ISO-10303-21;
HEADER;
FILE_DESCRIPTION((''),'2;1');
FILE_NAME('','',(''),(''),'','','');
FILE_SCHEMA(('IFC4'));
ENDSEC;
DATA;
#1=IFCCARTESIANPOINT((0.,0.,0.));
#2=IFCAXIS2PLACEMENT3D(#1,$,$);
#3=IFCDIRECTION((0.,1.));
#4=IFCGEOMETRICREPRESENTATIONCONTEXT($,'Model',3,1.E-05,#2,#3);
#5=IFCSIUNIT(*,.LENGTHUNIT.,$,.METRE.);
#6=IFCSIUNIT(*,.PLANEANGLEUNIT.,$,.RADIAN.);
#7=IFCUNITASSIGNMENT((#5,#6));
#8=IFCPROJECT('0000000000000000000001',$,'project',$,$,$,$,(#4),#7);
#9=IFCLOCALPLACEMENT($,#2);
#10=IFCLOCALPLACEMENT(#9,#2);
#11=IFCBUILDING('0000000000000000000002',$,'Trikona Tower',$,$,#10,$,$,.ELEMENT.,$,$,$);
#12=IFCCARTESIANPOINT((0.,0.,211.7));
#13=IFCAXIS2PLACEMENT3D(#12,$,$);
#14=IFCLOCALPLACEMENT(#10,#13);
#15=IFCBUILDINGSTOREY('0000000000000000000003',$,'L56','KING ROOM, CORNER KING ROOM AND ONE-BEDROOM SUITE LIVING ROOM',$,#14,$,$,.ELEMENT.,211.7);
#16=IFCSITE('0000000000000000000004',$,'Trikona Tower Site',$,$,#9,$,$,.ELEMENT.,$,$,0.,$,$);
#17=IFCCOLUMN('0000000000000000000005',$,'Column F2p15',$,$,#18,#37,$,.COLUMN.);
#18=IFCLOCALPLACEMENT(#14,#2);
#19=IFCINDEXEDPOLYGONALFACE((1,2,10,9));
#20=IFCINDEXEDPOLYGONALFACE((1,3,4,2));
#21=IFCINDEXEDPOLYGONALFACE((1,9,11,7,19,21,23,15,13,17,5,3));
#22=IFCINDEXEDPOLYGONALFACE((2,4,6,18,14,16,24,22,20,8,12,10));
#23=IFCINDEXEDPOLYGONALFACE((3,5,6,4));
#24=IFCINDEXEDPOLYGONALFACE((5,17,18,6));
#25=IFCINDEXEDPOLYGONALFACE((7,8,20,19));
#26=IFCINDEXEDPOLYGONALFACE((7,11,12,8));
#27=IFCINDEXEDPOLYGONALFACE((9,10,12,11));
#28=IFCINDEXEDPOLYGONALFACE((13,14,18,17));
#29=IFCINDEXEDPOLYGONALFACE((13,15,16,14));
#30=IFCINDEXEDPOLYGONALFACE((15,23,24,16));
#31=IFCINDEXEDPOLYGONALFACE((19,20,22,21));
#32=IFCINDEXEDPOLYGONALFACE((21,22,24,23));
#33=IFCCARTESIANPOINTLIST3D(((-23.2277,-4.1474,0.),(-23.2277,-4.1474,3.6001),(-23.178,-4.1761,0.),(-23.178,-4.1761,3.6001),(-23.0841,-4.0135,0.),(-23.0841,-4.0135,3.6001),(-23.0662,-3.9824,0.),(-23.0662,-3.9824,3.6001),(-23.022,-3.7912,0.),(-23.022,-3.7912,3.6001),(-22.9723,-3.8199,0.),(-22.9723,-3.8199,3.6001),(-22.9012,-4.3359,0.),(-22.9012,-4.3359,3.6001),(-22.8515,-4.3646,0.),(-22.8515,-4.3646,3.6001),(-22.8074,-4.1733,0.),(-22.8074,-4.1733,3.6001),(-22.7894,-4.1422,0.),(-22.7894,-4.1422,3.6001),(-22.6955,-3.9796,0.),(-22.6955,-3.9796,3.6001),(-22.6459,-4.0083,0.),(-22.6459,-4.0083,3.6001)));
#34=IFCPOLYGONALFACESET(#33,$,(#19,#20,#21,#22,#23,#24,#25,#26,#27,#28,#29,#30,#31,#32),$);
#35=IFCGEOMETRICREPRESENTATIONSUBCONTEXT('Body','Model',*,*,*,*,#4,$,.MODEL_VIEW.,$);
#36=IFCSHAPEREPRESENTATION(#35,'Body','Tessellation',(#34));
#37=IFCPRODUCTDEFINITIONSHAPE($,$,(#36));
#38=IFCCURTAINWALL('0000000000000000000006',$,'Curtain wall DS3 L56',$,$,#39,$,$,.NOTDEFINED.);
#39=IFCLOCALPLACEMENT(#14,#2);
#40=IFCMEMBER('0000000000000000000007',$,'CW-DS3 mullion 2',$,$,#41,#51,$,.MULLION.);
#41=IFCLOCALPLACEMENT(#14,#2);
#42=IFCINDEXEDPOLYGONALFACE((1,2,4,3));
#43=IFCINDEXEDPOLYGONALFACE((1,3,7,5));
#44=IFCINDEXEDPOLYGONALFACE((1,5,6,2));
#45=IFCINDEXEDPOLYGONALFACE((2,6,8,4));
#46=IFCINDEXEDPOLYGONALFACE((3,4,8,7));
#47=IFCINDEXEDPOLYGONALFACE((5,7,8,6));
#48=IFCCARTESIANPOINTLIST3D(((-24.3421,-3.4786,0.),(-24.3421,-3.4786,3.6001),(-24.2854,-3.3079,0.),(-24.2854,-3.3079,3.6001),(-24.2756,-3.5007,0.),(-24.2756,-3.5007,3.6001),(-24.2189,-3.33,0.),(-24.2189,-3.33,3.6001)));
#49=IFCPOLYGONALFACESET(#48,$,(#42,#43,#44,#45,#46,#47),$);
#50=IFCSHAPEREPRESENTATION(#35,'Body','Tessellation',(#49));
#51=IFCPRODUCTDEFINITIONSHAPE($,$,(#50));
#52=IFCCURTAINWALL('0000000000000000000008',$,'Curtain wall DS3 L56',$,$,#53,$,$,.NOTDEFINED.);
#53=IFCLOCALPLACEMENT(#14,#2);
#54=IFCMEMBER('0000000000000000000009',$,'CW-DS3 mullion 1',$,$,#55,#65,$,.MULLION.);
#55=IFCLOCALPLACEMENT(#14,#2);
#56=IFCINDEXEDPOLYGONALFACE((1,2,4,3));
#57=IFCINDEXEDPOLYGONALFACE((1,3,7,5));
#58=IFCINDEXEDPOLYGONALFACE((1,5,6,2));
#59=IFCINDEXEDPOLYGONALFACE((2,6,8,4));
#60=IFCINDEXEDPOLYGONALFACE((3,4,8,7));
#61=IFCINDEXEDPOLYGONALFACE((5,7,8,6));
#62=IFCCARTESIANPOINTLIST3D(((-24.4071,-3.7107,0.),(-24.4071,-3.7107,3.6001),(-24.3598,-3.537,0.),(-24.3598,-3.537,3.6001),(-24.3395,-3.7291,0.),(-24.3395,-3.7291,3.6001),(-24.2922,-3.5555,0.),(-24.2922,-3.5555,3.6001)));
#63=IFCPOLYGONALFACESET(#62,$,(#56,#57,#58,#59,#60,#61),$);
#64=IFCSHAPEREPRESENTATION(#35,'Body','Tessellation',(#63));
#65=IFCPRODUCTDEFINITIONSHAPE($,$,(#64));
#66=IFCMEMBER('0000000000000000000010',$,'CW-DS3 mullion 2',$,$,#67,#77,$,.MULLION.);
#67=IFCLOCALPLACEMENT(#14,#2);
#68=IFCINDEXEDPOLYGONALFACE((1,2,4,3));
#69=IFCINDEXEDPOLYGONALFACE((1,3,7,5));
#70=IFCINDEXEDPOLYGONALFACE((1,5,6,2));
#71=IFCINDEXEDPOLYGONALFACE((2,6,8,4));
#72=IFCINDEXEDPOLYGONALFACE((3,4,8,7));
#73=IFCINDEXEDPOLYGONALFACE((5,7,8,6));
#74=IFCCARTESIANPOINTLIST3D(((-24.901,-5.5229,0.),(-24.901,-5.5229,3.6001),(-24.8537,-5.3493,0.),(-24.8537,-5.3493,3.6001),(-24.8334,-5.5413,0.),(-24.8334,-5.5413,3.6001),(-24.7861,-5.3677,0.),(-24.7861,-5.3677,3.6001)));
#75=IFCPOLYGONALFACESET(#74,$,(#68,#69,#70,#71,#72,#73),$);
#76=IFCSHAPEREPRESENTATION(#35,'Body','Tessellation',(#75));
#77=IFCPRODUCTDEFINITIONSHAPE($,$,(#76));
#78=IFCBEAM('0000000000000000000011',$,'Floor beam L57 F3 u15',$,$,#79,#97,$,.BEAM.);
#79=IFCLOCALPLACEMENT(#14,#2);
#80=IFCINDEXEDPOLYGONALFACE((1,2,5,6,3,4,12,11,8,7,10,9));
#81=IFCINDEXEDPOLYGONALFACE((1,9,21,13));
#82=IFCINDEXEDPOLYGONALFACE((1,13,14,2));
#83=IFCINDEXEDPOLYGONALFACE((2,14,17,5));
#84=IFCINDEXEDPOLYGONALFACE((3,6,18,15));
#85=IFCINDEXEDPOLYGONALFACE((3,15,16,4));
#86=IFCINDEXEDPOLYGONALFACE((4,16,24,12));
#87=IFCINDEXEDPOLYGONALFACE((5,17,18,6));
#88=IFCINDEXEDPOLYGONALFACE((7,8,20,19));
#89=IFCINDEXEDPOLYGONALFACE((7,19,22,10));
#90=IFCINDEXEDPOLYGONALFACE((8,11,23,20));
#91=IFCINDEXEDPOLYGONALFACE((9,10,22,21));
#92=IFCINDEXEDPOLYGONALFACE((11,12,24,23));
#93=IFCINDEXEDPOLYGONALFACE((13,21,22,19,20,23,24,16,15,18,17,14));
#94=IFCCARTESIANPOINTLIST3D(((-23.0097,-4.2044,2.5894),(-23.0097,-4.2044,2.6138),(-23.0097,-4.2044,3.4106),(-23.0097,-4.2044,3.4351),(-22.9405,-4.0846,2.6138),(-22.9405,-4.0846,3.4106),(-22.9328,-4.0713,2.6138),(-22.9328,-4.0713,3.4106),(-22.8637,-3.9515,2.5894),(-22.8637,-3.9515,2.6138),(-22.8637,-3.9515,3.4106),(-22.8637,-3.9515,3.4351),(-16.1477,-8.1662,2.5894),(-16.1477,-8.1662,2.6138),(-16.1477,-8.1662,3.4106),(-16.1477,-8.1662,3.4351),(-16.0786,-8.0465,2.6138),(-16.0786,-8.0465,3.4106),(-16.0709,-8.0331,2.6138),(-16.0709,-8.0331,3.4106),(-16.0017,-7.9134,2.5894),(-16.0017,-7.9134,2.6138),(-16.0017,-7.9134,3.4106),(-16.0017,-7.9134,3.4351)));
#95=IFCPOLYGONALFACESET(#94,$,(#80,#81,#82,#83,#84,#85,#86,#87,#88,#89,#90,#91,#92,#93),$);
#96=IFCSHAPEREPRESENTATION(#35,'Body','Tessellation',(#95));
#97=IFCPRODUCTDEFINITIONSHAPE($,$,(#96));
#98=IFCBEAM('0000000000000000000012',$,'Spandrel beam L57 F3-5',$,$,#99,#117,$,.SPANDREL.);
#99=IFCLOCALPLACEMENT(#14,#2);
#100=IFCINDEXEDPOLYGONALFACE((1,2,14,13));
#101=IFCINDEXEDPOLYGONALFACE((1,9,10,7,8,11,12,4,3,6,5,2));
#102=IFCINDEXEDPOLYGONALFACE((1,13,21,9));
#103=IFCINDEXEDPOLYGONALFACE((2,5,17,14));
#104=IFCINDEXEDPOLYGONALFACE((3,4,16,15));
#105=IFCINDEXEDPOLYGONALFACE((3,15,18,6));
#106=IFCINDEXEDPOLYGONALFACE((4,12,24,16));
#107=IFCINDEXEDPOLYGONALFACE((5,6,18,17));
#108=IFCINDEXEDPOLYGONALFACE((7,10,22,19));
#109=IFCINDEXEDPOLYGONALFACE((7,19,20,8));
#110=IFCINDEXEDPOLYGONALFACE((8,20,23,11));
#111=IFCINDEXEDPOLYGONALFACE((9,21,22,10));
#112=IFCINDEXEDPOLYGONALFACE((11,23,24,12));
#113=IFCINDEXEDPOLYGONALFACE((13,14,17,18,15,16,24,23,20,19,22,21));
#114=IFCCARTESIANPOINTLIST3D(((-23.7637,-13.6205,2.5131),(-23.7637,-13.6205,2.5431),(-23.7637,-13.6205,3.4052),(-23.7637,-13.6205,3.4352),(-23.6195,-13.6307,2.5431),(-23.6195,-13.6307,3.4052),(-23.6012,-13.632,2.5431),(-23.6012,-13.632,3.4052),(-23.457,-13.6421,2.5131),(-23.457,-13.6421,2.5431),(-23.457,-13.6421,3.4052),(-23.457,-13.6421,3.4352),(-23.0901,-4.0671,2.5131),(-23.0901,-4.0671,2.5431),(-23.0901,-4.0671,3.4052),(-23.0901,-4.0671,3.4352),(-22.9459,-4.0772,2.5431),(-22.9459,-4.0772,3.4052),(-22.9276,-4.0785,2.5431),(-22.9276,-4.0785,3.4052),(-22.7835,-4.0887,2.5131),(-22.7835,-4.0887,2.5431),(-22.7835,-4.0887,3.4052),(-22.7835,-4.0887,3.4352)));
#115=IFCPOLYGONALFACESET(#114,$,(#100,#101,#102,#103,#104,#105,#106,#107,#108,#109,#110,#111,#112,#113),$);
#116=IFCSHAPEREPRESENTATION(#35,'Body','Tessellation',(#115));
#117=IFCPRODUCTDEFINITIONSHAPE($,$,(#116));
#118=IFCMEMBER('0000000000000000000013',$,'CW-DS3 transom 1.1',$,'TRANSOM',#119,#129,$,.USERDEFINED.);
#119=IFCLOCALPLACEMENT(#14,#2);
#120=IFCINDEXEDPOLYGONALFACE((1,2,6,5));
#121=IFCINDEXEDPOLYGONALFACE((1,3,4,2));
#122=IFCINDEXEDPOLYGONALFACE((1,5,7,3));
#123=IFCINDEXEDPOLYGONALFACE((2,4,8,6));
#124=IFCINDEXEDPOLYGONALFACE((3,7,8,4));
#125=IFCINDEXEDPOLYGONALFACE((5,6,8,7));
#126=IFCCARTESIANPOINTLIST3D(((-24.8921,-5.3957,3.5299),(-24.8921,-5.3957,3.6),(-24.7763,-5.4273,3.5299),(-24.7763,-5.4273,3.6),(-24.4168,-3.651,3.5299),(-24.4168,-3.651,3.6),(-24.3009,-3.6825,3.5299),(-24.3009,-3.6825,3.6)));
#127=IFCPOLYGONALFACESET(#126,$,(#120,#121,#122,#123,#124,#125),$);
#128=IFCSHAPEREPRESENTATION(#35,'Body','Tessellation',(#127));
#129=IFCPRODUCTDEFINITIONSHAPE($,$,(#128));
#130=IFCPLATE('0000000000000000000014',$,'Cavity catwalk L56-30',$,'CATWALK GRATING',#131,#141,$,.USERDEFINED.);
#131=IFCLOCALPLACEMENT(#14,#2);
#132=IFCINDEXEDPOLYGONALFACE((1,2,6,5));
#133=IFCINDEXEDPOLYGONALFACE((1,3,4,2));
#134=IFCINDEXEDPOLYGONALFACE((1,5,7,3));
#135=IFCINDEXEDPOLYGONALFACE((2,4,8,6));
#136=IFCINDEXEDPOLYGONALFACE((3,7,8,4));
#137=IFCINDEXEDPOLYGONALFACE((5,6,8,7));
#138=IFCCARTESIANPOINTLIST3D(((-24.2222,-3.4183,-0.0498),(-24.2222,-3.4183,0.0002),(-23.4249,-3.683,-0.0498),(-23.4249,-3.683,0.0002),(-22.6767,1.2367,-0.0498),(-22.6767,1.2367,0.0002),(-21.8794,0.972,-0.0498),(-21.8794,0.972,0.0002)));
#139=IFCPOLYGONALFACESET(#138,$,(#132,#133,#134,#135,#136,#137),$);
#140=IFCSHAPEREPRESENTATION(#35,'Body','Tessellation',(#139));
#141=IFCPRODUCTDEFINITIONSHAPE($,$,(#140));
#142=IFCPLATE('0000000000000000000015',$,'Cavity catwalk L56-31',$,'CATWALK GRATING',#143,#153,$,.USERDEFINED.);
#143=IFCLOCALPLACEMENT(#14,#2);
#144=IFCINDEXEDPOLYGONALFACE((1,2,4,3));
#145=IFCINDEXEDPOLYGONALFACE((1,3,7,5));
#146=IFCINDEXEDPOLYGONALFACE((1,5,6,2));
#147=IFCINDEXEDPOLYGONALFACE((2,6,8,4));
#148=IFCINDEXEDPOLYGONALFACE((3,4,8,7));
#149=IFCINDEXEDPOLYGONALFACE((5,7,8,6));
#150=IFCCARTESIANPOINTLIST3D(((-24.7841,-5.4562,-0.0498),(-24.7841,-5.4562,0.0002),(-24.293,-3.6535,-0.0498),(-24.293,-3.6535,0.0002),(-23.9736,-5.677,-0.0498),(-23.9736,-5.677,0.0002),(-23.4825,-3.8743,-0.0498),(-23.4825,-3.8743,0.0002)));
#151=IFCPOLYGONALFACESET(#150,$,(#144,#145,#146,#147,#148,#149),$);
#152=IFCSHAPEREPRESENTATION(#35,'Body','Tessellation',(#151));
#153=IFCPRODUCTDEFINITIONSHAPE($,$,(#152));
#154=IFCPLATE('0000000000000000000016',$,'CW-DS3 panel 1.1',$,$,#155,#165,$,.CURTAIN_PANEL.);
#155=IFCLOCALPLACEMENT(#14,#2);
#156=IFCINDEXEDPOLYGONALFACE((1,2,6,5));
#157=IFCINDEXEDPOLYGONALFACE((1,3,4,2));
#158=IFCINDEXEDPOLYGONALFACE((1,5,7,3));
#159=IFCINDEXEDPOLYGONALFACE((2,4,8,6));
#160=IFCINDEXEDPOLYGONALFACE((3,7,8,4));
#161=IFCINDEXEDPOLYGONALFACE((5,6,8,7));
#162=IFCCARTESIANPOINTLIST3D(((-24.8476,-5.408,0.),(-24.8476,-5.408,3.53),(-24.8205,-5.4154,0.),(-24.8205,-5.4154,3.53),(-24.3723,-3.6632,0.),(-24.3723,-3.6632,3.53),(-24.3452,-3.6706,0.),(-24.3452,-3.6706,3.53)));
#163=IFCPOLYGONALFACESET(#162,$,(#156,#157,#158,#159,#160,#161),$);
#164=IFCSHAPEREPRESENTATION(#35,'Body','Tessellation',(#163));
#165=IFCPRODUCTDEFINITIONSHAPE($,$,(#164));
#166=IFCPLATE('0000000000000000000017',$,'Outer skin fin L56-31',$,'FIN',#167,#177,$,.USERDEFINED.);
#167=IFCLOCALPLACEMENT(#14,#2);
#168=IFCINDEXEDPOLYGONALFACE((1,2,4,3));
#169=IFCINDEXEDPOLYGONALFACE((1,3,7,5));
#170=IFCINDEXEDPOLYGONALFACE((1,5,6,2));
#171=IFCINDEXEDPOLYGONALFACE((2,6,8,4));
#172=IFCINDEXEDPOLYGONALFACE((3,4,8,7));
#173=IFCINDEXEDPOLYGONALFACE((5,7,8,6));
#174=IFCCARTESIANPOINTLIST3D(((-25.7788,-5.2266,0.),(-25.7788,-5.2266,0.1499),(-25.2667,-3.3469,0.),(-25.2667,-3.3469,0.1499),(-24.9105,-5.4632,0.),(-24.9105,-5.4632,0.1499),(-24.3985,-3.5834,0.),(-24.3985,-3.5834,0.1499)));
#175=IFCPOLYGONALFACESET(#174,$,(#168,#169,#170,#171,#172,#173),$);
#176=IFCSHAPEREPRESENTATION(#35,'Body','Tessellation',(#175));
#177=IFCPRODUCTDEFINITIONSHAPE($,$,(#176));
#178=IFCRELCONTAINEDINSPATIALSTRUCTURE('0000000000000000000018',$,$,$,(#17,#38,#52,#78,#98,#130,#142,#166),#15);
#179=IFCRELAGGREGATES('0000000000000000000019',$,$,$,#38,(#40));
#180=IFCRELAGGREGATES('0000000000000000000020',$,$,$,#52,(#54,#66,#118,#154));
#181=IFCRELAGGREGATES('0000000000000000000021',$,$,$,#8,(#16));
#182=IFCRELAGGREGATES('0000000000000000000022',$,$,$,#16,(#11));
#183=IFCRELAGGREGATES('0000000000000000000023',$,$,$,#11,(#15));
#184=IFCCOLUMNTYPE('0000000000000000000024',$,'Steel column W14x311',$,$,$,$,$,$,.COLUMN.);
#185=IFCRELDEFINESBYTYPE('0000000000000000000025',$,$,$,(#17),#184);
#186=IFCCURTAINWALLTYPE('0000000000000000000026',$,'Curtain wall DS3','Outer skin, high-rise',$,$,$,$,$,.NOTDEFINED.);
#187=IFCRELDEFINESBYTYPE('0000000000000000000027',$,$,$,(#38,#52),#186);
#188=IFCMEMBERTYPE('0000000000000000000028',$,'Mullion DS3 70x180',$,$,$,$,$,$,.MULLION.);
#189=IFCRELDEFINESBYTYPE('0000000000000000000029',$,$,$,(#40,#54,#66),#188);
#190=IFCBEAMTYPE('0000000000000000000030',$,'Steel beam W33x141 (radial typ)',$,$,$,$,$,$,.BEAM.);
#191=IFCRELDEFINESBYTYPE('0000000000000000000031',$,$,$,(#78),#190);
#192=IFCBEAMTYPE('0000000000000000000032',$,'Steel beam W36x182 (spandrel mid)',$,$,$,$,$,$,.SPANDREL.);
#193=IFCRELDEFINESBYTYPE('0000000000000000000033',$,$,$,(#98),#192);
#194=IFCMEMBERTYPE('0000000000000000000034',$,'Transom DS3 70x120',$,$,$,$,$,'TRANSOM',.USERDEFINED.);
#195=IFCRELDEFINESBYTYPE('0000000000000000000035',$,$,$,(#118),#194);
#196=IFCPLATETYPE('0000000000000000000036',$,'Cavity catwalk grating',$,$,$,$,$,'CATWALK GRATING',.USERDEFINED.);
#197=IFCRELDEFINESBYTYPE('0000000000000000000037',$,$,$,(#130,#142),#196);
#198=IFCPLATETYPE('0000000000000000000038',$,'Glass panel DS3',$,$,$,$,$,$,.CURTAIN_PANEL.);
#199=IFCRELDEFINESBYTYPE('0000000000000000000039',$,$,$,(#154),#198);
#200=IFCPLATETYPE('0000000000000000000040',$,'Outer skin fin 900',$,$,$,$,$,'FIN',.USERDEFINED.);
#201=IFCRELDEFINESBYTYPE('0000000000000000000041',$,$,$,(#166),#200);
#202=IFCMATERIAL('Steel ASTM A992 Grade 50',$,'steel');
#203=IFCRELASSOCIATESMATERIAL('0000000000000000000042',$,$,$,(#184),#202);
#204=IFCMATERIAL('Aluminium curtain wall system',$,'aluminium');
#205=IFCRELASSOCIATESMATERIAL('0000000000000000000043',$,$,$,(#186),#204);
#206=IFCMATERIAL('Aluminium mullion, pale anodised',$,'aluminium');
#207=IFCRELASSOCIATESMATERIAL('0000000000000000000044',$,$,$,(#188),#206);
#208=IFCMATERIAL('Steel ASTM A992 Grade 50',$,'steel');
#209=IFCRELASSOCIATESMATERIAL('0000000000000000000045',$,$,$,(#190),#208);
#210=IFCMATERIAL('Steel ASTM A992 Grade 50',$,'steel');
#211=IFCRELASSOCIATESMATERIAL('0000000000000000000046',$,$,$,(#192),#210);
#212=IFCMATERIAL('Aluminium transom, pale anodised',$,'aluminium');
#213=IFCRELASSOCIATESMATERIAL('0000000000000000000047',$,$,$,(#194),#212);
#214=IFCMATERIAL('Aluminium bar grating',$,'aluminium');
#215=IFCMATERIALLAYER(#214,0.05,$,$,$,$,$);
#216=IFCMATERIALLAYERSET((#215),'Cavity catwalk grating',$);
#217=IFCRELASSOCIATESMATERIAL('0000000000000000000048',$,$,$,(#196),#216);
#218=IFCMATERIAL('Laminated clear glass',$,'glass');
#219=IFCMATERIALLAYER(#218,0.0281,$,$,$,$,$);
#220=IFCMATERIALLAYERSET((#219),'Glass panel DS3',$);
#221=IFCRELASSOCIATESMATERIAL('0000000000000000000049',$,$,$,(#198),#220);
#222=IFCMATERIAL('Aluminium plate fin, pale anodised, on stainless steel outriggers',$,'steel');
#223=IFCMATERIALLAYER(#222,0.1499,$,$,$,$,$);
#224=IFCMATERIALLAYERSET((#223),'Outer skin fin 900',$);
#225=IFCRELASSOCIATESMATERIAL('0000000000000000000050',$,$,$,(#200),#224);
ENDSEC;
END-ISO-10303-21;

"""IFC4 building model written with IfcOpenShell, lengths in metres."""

from ifc_helpers import new_model, si_unit, direction, frame, origin, origin_2d, place, context, subcontext, project, spatial, rectangle, i_section, extrude, material, layer, layer_set, material_profile, profile_set, type_object, element, aggregate, save


model = new_model("IFC4")

# Units and contexts
model_context = context("Model", 3, precision=1e-05, world=origin(), true_north=direction((0.0, 1.0)))
body_context = subcontext(model_context, "Body", "Model", "MODEL_VIEW")
ifc_project = project(units=[si_unit("LENGTHUNIT", "METRE"), si_unit("PLANEANGLEUNIT", "RADIAN")], contexts=[model_context])

# Site, building, storey
site_placement = place(None, origin())
site = spatial("IfcSite", under=ifc_project, at=site_placement, Name="Trikona Tower Site", CompositionType="ELEMENT", RefElevation=0.0)
building_placement = place(site_placement, origin())
building = spatial("IfcBuilding", under=site, at=building_placement, Name="Trikona Tower", CompositionType="ELEMENT")
storey_placement = place(building_placement, frame((0.0, 0.0, 211.7)))
storey = spatial("IfcBuildingStorey", under=building, at=storey_placement, Name="L56", Description="KING ROOM, CORNER KING ROOM AND ONE-BEDROOM SUITE LIVING ROOM", CompositionType="ELEMENT", Elevation=211.7)

# Column
ifc_material_1 = material(Name="Steel ASTM A992 Grade 50", Category="steel")
ifc_material_profile_1 = material_profile(ifc_material_1, i_section(OverallWidth=0.4114, OverallDepth=0.4343, WebThickness=0.0359, FlangeThickness=0.0574, at=origin_2d()), Name="W14X311")
ifc_profile_set_1 = profile_set([ifc_material_profile_1], Name="Steel ASTM A992 Grade 50")
column_type = type_object("IfcColumnType", Name="Steel column W14x311", PredefinedType="COLUMN", material=ifc_profile_set_1)
column_placement = place(storey_placement, frame((-22.9368, -4.0779, 0.0), z_axis=(0.0, 0.0, 1.0), x_axis=(-0.5, -0.866025, 0.0)))
element("IfcColumn", 1, at=column_placement, inside=storey, type_object=column_type, Name="Column F2p15", PredefinedType="COLUMN", context=body_context, shape_type="SweptSolid", body=[
    extrude(i_section(OverallWidth=0.4114, OverallDepth=0.4343, WebThickness=0.0359, FlangeThickness=0.0574, at=origin_2d()), origin(), (0.0, 0.0, 1.0), 3.6001),
])

# Curtain wall, member
ifc_material_2 = material(Name="Aluminium curtain wall system", Category="aluminium")
curtain_wall_type = type_object("IfcCurtainWallType", Name="Curtain wall DS3", Description="Outer skin, high-rise", PredefinedType="NOTDEFINED", material=ifc_material_2)
curtain_wall_1_placement = place(storey_placement, origin())
curtain_wall_1 = element("IfcCurtainWall", 2, at=curtain_wall_1_placement, inside=storey, type_object=curtain_wall_type, Name="Curtain wall DS3 L56", PredefinedType="NOTDEFINED")
ifc_material_3 = material(Name="Aluminium mullion, pale anodised", Category="aluminium")
ifc_material_profile_2 = material_profile(ifc_material_3, rectangle(XDim=0.0701, YDim=0.1799, at=origin_2d()), Name="MUL-DS3")
ifc_profile_set_2 = profile_set([ifc_material_profile_2], Name="Aluminium mullion, pale anodised")
member_type_1 = type_object("IfcMemberType", Name="Mullion DS3 70x180", PredefinedType="MULLION", material=ifc_profile_set_2)
member_1_placement = place(storey_placement, frame((-24.2805, -3.4043, 0.0), z_axis=(0.0, 0.0, 1.0), x_axis=(0.949066, -0.315078, 0.0)))
member_1 = element("IfcMember", 3, at=member_1_placement, type_object=member_type_1, Name="CW-DS3 mullion 2", PredefinedType="MULLION", context=body_context, shape_type="SweptSolid", body=[
    extrude(rectangle(XDim=0.0701, YDim=0.1799, at=origin_2d()), origin(), (0.0, 0.0, 1.0), 3.6001),
])
aggregate(curtain_wall_1, [member_1])

# Curtain wall, members
curtain_wall_2_placement = place(storey_placement, origin())
curtain_wall_2 = element("IfcCurtainWall", 4, at=curtain_wall_2_placement, inside=storey, type_object=curtain_wall_type, Name="Curtain wall DS3 L56", PredefinedType="NOTDEFINED")
member_2_placement = place(storey_placement, frame((-24.3496, -3.6331, 0.0), z_axis=(0.0, 0.0, 1.0), x_axis=(0.964838, -0.262844, 0.0)))
member_2 = element("IfcMember", 5, at=member_2_placement, type_object=member_type_1, Name="CW-DS3 mullion 1", PredefinedType="MULLION", context=body_context, shape_type="SweptSolid", body=[
    extrude(rectangle(XDim=0.0701, YDim=0.1799, at=origin_2d()), origin(), (0.0, 0.0, 1.0), 3.6001),
])
member_3_placement = place(storey_placement, frame((-24.8435, -5.4453, 0.0), z_axis=(0.0, 0.0, 1.0), x_axis=(0.964838, -0.262844, 0.0)))
member_3 = element("IfcMember", 6, at=member_3_placement, type_object=member_type_1, Name="CW-DS3 mullion 2", PredefinedType="MULLION", context=body_context, shape_type="SweptSolid", body=[
    extrude(rectangle(XDim=0.0701, YDim=0.1799, at=origin_2d()), origin(), (0.0, 0.0, 1.0), 3.6001),
])

# Beams
ifc_material_4 = material(Name="Steel ASTM A992 Grade 50", Category="steel")
ifc_material_profile_3 = material_profile(ifc_material_4, i_section(OverallWidth=0.292, OverallDepth=0.8457, WebThickness=0.0154, FlangeThickness=0.0244, at=origin_2d()), Name="W33X141")
ifc_profile_set_3 = profile_set([ifc_material_profile_3], Name="Steel ASTM A992 Grade 50")
beam_type_1 = type_object("IfcBeamType", Name="Steel beam W33x141 (radial typ)", PredefinedType="BEAM", material=ifc_profile_set_3)
beam_1_placement = place(storey_placement, frame((-16.0747, -8.0398, 3.0122), z_axis=(-0.86602, 0.50001, 0.0), x_axis=(-0.50001, -0.86602, 0.0)))
element("IfcBeam", 7, at=beam_1_placement, inside=storey, type_object=beam_type_1, Name="Floor beam L57 F3 u15", PredefinedType="BEAM", context=body_context, shape_type="SweptSolid", body=[
    extrude(i_section(OverallWidth=0.292, OverallDepth=0.8457, WebThickness=0.0154, FlangeThickness=0.0244, at=origin_2d()), origin(), (0.0, 0.0, 1.0), 7.9236),
])
ifc_material_5 = material(Name="Steel ASTM A992 Grade 50", Category="steel")
ifc_material_profile_4 = material_profile(ifc_material_5, i_section(OverallWidth=0.3074, OverallDepth=0.9221, WebThickness=0.0183, FlangeThickness=0.03, at=origin_2d()), Name="W36X182")
ifc_profile_set_4 = profile_set([ifc_material_profile_4], Name="Steel ASTM A992 Grade 50")
beam_type_2 = type_object("IfcBeamType", Name="Steel beam W36x182 (spandrel mid)", PredefinedType="SPANDREL", material=ifc_profile_set_4)
beam_2_placement = place(storey_placement, frame((-22.9368, -4.0779, 2.9741), z_axis=(-0.070332, -0.997524, 0.0), x_axis=(0.997524, -0.070332, 0.0)))
element("IfcBeam", 8, at=beam_2_placement, inside=storey, type_object=beam_type_2, Name="Spandrel beam L57 F3-5", PredefinedType="SPANDREL", context=body_context, shape_type="SweptSolid", body=[
    extrude(i_section(OverallWidth=0.3074, OverallDepth=0.9221, WebThickness=0.0183, FlangeThickness=0.03, at=origin_2d()), origin(), (0.0, 0.0, 1.0), 9.5771),
])

# Member
ifc_material_6 = material(Name="Aluminium transom, pale anodised", Category="aluminium")
ifc_material_profile_5 = material_profile(ifc_material_6, rectangle(XDim=0.1201, YDim=0.0701, at=origin_2d()), Name="TRN-DS3")
ifc_profile_set_5 = profile_set([ifc_material_profile_5], Name="Aluminium transom, pale anodised")
member_type_2 = type_object("IfcMemberType", Name="Transom DS3 70x120", ElementType="TRANSOM", PredefinedType="USERDEFINED", material=ifc_profile_set_5)
member_4_placement = place(storey_placement, frame((-24.3589, -3.6667, 3.5649), z_axis=(-0.262843, -0.964839, 0.0), x_axis=(0.964839, -0.262843, 0.0)))
member_4 = element("IfcMember", 9, at=member_4_placement, type_object=member_type_2, Name="CW-DS3 transom 1.1", ObjectType="TRANSOM", PredefinedType="USERDEFINED", context=body_context, shape_type="SweptSolid", body=[
    extrude(rectangle(XDim=0.1201, YDim=0.0701, at=origin_2d()), origin(), (0.0, 0.0, 1.0), 1.8083),
])

# Plates
ifc_material_7 = material(Name="Aluminium bar grating", Category="aluminium")
ifc_layer_1 = layer(ifc_material_7, 0.05)
ifc_layer_set_1 = layer_set([ifc_layer_1], Name="Cavity catwalk grating")
plate_type_1 = type_object("IfcPlateType", Name="Cavity catwalk grating", ElementType="CATWALK GRATING", PredefinedType="USERDEFINED", material=ifc_layer_set_1)
plate_1_placement = place(storey_placement, frame((-23.0508, -1.2231, -0.0498), z_axis=(0.0, 0.0, 1.0), x_axis=(-0.315093, -0.949061, 0.0)))
element("IfcPlate", 10, at=plate_1_placement, inside=storey, type_object=plate_type_1, Name="Cavity catwalk L56-30", ObjectType="CATWALK GRATING", PredefinedType="USERDEFINED", context=body_context, shape_type="SweptSolid", body=[
    extrude(rectangle(XDim=4.9048, YDim=0.8401, at=origin_2d()), origin(), (0.0, 0.0, 1.0), 0.05),
])
plate_2_placement = place(storey_placement, frame((-24.1333, -4.6653, -0.0498), z_axis=(0.0, 0.0, 1.0), x_axis=(-0.262822, -0.964844, 0.0)))
element("IfcPlate", 11, at=plate_2_placement, inside=storey, type_object=plate_type_1, Name="Cavity catwalk L56-31", ObjectType="CATWALK GRATING", PredefinedType="USERDEFINED", context=body_context, shape_type="SweptSolid", body=[
    extrude(rectangle(XDim=1.8684, YDim=0.8401, at=origin_2d()), origin(), (0.0, 0.0, 1.0), 0.05),
])

# Plates
ifc_material_8 = material(Name="Laminated clear glass", Category="glass")
ifc_layer_2 = layer(ifc_material_8, 0.0281)
ifc_layer_set_2 = layer_set([ifc_layer_2], Name="Glass panel DS3")
plate_type_2 = type_object("IfcPlateType", Name="Glass panel DS3", PredefinedType="CURTAIN_PANEL", material=ifc_layer_set_2)
plate_3_placement = place(storey_placement, frame((-24.5964, -4.5393, 0.0), z_axis=(0.0, 0.0, 1.0), x_axis=(-0.262844, -0.964838, 0.0)))
plate_3 = element("IfcPlate", 12, at=plate_3_placement, type_object=plate_type_2, Name="CW-DS3 panel 1.1", PredefinedType="CURTAIN_PANEL", context=body_context, shape_type="SweptSolid", body=[
    extrude(rectangle(XDim=1.8083, YDim=0.0281, at=origin_2d()), origin(), (0.0, 0.0, 1.0), 3.53),
])
aggregate(curtain_wall_2, [member_2, member_3, member_4, plate_3])
ifc_material_9 = material(Name="Aluminium plate fin, pale anodised, on stainless steel outriggers", Category="steel")
ifc_layer_3 = layer(ifc_material_9, 0.1499)
ifc_layer_set_3 = layer_set([ifc_layer_3], Name="Outer skin fin 900")
plate_type_3 = type_object("IfcPlateType", Name="Outer skin fin 900", ElementType="FIN", PredefinedType="USERDEFINED", material=ifc_layer_set_3)
plate_4_placement = place(storey_placement, frame((-25.0886, -4.405, 0.0), z_axis=(0.0, 0.0, 1.0), x_axis=(-0.262822, -0.964844, 0.0)))
element("IfcPlate", 13, at=plate_4_placement, inside=storey, type_object=plate_type_3, Name="Outer skin fin L56-31", ObjectType="FIN", PredefinedType="USERDEFINED", context=body_context, shape_type="SweptSolid", body=[
    extrude(rectangle(XDim=1.9482, YDim=0.8999, at=origin_2d()), origin(), (0.0, 0.0, 1.0), 0.1499),
])

save(model, "model.ifc")
